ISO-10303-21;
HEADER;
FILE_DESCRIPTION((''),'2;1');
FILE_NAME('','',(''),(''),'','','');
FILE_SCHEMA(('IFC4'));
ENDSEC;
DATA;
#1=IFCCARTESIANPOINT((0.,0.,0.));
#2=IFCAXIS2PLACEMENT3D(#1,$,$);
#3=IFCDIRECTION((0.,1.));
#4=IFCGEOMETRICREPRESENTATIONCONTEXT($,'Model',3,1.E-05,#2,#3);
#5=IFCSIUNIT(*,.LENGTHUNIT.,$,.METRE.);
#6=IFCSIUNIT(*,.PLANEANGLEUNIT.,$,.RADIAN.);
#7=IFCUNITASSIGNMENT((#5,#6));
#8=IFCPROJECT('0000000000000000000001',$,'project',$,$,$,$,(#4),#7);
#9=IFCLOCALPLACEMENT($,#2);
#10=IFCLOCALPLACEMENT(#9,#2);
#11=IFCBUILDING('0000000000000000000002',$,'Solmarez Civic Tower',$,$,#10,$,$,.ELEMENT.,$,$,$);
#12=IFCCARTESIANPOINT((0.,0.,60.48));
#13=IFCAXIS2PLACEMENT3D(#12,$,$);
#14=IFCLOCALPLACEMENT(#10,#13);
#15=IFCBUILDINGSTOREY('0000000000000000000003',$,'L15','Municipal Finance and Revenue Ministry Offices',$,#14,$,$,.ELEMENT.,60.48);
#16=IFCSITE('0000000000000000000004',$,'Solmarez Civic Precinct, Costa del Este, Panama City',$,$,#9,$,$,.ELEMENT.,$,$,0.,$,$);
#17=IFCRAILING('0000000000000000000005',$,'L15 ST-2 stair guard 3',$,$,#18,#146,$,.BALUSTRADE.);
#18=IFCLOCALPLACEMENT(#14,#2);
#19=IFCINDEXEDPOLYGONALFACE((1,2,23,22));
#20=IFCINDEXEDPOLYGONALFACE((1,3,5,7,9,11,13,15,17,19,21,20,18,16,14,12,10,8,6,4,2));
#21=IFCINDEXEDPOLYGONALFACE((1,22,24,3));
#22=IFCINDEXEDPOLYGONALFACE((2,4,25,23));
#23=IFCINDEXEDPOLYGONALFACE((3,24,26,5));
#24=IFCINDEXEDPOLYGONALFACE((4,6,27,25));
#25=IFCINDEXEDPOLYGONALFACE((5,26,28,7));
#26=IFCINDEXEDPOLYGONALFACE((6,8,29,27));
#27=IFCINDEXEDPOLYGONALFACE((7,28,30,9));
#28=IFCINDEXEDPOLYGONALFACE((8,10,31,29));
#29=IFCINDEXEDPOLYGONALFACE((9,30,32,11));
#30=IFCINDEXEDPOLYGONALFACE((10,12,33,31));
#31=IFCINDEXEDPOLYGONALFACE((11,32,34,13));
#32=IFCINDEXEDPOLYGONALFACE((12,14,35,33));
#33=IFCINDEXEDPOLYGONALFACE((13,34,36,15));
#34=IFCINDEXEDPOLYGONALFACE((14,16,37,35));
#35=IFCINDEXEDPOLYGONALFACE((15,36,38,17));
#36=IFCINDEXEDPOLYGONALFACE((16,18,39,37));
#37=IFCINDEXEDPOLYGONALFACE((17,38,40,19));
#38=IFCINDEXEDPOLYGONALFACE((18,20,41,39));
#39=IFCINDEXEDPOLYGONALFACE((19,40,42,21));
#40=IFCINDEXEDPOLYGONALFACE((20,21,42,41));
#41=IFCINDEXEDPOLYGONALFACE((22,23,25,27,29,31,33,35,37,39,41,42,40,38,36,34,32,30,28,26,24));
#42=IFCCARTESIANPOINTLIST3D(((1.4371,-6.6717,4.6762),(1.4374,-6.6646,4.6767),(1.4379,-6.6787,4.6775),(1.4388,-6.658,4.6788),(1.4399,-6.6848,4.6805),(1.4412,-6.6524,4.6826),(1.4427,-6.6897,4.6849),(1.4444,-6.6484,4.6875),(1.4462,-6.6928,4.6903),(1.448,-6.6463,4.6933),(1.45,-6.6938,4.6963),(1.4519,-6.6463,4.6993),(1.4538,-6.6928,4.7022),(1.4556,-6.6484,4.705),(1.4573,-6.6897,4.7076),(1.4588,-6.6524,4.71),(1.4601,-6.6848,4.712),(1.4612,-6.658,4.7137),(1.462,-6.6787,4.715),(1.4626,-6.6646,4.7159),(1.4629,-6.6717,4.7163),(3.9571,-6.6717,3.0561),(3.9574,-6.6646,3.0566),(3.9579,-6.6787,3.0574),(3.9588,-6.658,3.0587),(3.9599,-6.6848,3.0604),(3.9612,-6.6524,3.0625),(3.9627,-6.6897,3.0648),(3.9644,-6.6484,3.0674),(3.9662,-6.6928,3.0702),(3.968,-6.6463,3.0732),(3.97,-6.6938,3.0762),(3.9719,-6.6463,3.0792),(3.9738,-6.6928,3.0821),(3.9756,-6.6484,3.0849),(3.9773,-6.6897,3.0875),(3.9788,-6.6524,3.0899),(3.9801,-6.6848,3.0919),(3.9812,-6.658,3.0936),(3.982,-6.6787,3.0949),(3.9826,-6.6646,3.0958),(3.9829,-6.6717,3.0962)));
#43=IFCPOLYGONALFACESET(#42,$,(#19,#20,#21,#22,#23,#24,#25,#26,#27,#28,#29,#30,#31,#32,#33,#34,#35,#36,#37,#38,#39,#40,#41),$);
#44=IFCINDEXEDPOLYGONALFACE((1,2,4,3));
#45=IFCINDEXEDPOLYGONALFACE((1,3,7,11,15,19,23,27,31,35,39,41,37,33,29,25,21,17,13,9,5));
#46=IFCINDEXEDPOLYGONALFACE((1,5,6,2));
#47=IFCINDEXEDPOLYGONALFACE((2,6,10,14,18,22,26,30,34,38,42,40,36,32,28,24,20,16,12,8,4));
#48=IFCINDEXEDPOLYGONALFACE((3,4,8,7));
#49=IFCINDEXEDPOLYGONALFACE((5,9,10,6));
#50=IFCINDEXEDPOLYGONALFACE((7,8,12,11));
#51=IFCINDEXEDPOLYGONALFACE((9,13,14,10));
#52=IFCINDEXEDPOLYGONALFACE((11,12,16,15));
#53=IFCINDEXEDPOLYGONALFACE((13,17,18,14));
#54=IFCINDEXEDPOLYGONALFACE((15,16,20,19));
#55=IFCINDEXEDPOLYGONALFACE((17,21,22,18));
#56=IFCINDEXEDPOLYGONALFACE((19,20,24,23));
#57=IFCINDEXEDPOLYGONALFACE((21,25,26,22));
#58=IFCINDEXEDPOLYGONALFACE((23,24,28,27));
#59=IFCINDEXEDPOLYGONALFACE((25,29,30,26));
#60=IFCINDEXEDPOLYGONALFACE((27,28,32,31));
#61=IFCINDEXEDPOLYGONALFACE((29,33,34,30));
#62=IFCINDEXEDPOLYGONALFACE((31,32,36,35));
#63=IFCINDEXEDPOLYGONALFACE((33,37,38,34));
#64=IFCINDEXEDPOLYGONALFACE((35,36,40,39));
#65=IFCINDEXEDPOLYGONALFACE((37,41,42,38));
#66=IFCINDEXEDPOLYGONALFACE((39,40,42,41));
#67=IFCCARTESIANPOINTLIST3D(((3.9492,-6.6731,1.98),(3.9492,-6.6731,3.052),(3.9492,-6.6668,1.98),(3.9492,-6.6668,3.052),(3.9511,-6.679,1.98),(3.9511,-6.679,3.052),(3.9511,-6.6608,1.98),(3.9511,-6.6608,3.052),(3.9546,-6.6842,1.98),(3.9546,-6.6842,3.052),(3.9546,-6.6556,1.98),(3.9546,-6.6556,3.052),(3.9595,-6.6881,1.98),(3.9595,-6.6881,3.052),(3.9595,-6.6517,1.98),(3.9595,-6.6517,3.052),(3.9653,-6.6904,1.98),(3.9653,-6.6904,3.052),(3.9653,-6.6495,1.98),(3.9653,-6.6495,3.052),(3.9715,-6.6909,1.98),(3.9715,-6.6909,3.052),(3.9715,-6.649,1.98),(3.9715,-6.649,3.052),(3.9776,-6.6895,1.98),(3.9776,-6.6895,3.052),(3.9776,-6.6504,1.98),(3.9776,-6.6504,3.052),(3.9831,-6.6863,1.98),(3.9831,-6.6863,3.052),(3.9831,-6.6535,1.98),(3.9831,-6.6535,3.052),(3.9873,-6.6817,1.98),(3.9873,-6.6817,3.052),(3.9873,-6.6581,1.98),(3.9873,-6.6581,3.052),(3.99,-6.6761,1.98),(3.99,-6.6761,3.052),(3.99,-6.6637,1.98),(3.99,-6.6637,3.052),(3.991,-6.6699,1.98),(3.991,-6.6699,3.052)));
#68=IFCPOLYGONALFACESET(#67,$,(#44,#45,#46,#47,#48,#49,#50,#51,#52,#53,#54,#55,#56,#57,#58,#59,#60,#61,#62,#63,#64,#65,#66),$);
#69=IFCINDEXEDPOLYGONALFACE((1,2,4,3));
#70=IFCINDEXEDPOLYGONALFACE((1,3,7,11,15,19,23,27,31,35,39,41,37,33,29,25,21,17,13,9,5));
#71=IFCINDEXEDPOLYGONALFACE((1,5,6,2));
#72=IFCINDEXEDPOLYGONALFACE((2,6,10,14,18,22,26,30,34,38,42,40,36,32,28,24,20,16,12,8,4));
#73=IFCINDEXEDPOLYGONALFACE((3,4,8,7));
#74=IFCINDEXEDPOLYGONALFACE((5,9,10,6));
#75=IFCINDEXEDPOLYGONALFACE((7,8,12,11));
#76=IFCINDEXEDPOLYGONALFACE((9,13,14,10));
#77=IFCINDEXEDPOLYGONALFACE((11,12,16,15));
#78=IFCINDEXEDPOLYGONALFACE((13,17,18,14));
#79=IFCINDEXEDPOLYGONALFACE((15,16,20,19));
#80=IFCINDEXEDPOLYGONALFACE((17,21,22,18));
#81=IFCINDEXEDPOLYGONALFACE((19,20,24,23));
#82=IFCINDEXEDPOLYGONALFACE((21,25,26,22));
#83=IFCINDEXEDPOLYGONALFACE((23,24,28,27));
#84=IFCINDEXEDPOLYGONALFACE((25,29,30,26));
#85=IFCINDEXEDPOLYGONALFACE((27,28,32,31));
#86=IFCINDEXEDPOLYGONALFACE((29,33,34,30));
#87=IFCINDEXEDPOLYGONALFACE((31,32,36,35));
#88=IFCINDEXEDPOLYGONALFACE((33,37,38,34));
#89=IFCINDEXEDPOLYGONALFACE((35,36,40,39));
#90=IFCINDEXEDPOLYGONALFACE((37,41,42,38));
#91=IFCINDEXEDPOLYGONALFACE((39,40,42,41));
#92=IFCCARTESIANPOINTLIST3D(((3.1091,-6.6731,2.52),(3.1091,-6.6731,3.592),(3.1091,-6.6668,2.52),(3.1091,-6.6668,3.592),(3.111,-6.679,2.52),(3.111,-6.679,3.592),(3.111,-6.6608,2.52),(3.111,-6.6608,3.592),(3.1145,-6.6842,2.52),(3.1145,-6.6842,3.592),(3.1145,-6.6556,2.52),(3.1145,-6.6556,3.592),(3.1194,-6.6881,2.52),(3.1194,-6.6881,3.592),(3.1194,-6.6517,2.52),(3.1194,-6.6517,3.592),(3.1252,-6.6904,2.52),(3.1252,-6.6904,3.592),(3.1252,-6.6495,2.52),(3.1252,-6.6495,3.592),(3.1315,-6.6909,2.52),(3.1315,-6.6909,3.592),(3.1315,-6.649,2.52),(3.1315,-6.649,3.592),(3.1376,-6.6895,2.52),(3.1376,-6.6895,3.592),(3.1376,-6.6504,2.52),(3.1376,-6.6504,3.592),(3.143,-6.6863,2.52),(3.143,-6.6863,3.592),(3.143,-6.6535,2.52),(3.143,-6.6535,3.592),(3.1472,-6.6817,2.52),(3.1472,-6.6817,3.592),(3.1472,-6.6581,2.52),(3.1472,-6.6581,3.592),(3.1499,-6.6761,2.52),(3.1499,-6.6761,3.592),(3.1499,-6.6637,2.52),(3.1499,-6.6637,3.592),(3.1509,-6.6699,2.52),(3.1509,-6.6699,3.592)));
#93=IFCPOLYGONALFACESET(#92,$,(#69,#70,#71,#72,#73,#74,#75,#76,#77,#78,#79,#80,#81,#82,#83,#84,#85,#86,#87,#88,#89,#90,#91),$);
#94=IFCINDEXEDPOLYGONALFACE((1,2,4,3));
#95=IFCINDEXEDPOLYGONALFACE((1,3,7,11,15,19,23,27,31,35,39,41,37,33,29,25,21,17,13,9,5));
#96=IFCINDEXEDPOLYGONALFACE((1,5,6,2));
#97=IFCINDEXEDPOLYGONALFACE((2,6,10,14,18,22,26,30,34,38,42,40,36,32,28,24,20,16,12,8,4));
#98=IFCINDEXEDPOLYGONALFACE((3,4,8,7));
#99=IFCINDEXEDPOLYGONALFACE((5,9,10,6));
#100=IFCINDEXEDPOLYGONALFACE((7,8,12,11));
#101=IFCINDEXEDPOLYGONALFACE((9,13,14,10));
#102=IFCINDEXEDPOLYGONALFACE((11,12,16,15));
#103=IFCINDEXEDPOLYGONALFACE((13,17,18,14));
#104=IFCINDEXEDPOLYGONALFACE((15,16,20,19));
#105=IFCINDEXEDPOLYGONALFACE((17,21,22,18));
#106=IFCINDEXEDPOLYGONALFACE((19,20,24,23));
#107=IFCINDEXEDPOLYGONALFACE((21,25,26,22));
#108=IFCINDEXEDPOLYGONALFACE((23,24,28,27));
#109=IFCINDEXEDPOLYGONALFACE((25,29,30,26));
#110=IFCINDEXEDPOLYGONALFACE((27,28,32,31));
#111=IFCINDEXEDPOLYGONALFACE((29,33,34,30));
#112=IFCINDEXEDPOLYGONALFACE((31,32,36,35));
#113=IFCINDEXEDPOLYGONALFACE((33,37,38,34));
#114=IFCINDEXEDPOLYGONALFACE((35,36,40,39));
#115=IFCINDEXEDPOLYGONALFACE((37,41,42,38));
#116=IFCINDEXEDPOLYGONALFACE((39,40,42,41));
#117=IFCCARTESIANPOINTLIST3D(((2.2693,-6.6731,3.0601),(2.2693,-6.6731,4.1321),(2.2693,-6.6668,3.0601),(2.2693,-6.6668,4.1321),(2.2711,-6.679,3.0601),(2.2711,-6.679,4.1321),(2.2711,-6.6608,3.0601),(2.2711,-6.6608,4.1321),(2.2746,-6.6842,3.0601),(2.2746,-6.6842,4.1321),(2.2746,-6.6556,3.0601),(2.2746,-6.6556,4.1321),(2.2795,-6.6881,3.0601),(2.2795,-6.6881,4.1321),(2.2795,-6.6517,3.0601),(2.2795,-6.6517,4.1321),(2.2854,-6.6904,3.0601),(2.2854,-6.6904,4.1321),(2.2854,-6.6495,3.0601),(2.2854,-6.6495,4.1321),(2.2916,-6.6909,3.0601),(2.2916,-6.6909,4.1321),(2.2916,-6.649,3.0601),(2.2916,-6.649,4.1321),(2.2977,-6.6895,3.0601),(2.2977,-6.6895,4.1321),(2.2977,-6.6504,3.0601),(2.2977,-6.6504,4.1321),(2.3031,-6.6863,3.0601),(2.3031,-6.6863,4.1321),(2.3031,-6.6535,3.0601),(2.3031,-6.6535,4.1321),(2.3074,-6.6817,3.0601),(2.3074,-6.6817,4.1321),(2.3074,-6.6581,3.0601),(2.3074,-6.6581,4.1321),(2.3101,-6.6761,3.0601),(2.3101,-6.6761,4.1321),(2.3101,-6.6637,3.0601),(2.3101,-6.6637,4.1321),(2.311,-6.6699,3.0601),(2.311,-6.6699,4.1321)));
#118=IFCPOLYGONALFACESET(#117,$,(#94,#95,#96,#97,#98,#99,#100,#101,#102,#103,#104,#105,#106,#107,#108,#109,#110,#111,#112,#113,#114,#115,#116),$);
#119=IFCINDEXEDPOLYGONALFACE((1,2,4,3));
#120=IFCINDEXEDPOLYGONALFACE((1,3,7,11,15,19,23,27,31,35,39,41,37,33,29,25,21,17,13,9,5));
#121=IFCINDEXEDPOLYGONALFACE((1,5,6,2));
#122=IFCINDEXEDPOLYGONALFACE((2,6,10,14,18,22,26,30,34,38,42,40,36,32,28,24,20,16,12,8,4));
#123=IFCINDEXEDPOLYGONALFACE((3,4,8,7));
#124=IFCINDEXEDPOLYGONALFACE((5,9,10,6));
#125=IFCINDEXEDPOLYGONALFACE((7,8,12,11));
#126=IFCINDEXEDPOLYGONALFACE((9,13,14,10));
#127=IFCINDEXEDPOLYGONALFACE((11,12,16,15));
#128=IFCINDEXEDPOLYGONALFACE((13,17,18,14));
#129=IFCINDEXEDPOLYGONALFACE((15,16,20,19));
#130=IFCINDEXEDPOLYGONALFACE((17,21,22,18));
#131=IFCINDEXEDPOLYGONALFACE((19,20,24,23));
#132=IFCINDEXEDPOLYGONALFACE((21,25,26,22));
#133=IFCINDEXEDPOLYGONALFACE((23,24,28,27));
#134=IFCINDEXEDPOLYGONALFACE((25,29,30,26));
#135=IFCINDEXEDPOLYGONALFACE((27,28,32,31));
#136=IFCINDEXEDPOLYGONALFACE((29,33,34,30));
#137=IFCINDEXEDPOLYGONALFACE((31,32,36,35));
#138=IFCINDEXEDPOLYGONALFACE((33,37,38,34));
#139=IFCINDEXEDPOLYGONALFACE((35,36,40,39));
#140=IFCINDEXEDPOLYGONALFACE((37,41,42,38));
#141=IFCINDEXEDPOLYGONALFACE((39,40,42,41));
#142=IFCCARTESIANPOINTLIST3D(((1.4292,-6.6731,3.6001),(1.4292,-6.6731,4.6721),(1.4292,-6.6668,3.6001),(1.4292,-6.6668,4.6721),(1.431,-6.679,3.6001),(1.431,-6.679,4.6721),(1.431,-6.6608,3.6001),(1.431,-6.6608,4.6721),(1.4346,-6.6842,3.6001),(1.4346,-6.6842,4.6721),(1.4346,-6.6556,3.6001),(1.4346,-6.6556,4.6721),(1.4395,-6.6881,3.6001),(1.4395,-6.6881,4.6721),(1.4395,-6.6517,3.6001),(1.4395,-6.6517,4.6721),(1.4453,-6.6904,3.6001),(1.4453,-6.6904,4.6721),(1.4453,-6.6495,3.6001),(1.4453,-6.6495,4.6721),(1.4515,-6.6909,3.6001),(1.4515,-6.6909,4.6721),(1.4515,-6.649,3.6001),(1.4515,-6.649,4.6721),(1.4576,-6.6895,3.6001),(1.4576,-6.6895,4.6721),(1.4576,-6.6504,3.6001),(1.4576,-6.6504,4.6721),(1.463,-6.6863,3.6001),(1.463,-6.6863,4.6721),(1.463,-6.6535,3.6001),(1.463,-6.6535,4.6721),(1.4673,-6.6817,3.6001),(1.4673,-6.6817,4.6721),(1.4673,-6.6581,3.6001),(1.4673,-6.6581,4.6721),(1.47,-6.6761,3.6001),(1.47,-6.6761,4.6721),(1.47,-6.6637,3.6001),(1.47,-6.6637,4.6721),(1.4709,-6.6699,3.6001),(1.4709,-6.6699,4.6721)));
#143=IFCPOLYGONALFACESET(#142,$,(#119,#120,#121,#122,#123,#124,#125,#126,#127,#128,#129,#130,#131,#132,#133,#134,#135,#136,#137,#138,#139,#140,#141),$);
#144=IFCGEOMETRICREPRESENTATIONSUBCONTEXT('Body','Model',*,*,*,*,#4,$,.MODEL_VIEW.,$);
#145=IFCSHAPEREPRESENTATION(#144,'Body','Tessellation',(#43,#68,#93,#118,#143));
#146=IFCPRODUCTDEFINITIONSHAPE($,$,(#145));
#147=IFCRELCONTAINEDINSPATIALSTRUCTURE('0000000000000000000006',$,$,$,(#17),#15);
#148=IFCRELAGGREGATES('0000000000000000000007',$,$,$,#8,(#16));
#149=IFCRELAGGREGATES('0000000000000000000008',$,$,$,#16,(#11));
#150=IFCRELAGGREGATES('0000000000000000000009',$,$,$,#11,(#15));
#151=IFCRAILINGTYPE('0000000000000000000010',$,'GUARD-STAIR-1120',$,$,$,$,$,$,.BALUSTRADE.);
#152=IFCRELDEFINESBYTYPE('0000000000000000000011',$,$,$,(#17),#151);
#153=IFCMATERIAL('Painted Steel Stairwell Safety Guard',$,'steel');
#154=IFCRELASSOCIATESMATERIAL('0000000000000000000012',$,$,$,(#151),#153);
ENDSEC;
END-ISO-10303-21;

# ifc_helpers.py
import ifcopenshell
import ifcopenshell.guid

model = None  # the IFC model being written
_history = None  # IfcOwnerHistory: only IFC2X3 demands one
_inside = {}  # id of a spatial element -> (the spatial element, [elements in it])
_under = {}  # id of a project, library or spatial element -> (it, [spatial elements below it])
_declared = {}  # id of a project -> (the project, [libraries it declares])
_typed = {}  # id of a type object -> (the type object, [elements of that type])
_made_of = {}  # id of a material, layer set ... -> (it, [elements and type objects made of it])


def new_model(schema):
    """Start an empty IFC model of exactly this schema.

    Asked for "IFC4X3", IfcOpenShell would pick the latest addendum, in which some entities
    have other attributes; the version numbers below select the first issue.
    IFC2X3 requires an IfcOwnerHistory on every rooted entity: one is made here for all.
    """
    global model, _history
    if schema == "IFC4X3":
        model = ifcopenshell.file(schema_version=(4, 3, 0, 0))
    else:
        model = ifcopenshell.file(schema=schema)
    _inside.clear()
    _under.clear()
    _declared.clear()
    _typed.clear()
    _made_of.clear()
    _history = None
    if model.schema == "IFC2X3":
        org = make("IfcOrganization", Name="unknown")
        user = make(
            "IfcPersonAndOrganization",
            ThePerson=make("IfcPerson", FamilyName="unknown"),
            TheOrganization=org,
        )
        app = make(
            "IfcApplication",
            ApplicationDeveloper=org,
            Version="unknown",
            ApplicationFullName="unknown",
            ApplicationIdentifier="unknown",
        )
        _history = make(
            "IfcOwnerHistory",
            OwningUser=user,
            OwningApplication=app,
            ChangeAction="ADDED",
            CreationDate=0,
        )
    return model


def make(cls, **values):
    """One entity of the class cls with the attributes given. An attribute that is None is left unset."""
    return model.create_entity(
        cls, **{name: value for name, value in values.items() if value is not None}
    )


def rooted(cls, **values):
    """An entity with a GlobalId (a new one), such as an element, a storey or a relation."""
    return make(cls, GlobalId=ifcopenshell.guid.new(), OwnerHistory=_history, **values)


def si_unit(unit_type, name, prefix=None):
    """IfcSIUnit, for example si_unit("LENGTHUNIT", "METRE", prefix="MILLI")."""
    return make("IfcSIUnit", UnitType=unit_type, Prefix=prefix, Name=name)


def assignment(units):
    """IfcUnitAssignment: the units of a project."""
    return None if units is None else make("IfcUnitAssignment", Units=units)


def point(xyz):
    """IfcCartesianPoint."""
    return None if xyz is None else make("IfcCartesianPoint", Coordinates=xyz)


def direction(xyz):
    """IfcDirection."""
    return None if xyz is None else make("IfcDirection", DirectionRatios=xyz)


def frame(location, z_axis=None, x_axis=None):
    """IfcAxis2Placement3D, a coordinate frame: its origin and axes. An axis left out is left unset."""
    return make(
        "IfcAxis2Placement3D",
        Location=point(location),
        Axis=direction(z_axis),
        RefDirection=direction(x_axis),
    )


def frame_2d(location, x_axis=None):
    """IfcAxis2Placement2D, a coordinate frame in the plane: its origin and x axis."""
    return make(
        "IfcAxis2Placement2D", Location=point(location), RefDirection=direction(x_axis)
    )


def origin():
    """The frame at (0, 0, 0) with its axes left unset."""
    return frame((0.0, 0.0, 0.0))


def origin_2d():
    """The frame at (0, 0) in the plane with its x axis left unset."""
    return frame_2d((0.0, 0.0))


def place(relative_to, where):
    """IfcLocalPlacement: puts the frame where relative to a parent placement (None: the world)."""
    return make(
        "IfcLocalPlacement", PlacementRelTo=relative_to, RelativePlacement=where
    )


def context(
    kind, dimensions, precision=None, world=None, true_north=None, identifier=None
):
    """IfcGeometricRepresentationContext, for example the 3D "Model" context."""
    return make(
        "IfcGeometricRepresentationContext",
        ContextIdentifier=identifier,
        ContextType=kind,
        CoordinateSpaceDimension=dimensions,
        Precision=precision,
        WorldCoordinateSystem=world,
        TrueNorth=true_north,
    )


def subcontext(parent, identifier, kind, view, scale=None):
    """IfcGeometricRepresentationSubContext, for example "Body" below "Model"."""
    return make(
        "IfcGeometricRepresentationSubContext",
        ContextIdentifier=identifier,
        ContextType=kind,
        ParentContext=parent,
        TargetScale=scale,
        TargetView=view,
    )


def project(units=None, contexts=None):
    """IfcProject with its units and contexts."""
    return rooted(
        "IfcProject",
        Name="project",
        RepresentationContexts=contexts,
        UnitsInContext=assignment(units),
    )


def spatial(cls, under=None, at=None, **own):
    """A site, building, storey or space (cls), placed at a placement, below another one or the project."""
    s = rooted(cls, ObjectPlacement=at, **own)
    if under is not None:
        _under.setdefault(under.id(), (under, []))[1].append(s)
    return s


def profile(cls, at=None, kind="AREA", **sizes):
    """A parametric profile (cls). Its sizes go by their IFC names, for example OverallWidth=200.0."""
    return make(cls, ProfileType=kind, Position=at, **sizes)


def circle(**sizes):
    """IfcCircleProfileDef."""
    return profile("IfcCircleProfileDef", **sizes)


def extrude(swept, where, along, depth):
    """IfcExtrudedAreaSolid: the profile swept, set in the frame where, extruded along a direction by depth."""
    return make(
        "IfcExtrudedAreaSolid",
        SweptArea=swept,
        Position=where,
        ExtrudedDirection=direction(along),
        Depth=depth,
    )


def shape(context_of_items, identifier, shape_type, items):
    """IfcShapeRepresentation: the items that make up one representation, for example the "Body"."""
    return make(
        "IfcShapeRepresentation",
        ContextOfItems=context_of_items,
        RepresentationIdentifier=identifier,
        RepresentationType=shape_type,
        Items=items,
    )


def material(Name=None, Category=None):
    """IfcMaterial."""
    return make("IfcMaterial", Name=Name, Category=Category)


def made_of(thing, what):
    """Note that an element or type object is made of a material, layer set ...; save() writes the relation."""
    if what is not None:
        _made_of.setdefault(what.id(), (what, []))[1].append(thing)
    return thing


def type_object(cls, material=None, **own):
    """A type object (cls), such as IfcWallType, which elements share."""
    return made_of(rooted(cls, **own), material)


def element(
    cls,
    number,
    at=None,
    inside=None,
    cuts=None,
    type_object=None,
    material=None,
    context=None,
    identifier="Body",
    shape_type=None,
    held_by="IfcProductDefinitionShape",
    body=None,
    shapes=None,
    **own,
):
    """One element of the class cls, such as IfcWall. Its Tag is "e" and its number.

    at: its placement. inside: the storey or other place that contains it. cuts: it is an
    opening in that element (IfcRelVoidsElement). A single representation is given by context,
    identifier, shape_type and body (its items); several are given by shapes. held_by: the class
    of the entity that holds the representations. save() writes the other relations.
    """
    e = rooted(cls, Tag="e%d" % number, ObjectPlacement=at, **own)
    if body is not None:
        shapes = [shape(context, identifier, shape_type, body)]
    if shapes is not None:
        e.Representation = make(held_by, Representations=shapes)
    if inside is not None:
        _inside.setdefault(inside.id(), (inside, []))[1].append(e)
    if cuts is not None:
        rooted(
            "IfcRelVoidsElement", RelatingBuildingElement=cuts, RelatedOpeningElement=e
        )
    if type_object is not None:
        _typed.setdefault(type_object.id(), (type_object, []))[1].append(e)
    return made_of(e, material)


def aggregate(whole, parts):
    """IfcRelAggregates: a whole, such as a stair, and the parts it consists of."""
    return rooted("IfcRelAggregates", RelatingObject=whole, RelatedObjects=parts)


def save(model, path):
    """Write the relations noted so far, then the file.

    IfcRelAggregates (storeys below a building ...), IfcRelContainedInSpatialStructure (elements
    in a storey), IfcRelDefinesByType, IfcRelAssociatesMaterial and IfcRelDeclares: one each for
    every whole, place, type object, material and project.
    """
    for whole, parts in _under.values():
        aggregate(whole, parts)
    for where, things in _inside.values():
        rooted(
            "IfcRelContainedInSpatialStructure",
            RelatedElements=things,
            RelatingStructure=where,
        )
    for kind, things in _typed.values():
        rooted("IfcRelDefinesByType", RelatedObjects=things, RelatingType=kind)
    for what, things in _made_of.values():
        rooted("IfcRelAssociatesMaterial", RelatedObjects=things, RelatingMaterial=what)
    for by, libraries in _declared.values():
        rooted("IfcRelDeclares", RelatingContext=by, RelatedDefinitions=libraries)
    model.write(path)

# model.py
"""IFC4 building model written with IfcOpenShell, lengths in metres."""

from ifc_helpers import new_model, si_unit, direction, frame, origin, origin_2d, place, context, subcontext, project, spatial, circle, extrude, material, type_object, element, save


model = new_model("IFC4")

# Units and contexts
model_context = context("Model", 3, precision=1e-05, world=origin(), true_north=direction((0.0, 1.0)))
body_context = subcontext(model_context, "Body", "Model", "MODEL_VIEW")
ifc_project = project(units=[si_unit("LENGTHUNIT", "METRE"), si_unit("PLANEANGLEUNIT", "RADIAN")], contexts=[model_context])

# Site, building, storey
site_placement = place(None, origin())
site = spatial("IfcSite", under=ifc_project, at=site_placement, Name="Solmarez Civic Precinct, Costa del Este, Panama City", CompositionType="ELEMENT", RefElevation=0.0)
building_placement = place(site_placement, origin())
building = spatial("IfcBuilding", under=site, at=building_placement, Name="Solmarez Civic Tower", CompositionType="ELEMENT")
storey_placement = place(building_placement, frame((0.0, 0.0, 60.48)))
storey = spatial("IfcBuildingStorey", under=building, at=storey_placement, Name="L15", Description="Municipal Finance and Revenue Ministry Offices", CompositionType="ELEMENT", Elevation=60.48)

# Railing
ifc_material_1 = material(Name="Painted Steel Stairwell Safety Guard", Category="steel")
railing_type_1 = type_object("IfcRailingType", Name="GUARD-STAIR-1120", PredefinedType="BALUSTRADE", material=ifc_material_1)
railing_1_placement = place(storey_placement, frame((3.97, -6.6699, 1.98)))
element("IfcRailing", 1, at=railing_1_placement, inside=storey, type_object=railing_type_1, Name="L15 ST-2 stair guard 3", PredefinedType="BALUSTRADE", context=body_context, shape_type="SweptSolid", body=[
    extrude(circle(Radius=0.0239, at=origin_2d()), frame((0.0, 0.0, 1.0962), z_axis=(-0.841163, 0.0, 0.540782), x_axis=(0.0, -1.0, 0.0)), (0.0, 0.0, 1.0), 2.9958),
    extrude(circle(Radius=0.021, at=origin_2d()), origin(), (0.0, 0.0, 1.0), 1.072),
    extrude(circle(Radius=0.021, at=origin_2d()), frame((-0.8401, 0.0, 0.54)), (0.0, 0.0, 1.0), 1.072),
    extrude(circle(Radius=0.021, at=origin_2d()), frame((-1.6799, 0.0, 1.0801)), (0.0, 0.0, 1.0), 1.072),
    extrude(circle(Radius=0.021, at=origin_2d()), frame((-2.52, 0.0, 1.6201)), (0.0, 0.0, 1.0), 1.072),
])

save(model, "model.ifc")
